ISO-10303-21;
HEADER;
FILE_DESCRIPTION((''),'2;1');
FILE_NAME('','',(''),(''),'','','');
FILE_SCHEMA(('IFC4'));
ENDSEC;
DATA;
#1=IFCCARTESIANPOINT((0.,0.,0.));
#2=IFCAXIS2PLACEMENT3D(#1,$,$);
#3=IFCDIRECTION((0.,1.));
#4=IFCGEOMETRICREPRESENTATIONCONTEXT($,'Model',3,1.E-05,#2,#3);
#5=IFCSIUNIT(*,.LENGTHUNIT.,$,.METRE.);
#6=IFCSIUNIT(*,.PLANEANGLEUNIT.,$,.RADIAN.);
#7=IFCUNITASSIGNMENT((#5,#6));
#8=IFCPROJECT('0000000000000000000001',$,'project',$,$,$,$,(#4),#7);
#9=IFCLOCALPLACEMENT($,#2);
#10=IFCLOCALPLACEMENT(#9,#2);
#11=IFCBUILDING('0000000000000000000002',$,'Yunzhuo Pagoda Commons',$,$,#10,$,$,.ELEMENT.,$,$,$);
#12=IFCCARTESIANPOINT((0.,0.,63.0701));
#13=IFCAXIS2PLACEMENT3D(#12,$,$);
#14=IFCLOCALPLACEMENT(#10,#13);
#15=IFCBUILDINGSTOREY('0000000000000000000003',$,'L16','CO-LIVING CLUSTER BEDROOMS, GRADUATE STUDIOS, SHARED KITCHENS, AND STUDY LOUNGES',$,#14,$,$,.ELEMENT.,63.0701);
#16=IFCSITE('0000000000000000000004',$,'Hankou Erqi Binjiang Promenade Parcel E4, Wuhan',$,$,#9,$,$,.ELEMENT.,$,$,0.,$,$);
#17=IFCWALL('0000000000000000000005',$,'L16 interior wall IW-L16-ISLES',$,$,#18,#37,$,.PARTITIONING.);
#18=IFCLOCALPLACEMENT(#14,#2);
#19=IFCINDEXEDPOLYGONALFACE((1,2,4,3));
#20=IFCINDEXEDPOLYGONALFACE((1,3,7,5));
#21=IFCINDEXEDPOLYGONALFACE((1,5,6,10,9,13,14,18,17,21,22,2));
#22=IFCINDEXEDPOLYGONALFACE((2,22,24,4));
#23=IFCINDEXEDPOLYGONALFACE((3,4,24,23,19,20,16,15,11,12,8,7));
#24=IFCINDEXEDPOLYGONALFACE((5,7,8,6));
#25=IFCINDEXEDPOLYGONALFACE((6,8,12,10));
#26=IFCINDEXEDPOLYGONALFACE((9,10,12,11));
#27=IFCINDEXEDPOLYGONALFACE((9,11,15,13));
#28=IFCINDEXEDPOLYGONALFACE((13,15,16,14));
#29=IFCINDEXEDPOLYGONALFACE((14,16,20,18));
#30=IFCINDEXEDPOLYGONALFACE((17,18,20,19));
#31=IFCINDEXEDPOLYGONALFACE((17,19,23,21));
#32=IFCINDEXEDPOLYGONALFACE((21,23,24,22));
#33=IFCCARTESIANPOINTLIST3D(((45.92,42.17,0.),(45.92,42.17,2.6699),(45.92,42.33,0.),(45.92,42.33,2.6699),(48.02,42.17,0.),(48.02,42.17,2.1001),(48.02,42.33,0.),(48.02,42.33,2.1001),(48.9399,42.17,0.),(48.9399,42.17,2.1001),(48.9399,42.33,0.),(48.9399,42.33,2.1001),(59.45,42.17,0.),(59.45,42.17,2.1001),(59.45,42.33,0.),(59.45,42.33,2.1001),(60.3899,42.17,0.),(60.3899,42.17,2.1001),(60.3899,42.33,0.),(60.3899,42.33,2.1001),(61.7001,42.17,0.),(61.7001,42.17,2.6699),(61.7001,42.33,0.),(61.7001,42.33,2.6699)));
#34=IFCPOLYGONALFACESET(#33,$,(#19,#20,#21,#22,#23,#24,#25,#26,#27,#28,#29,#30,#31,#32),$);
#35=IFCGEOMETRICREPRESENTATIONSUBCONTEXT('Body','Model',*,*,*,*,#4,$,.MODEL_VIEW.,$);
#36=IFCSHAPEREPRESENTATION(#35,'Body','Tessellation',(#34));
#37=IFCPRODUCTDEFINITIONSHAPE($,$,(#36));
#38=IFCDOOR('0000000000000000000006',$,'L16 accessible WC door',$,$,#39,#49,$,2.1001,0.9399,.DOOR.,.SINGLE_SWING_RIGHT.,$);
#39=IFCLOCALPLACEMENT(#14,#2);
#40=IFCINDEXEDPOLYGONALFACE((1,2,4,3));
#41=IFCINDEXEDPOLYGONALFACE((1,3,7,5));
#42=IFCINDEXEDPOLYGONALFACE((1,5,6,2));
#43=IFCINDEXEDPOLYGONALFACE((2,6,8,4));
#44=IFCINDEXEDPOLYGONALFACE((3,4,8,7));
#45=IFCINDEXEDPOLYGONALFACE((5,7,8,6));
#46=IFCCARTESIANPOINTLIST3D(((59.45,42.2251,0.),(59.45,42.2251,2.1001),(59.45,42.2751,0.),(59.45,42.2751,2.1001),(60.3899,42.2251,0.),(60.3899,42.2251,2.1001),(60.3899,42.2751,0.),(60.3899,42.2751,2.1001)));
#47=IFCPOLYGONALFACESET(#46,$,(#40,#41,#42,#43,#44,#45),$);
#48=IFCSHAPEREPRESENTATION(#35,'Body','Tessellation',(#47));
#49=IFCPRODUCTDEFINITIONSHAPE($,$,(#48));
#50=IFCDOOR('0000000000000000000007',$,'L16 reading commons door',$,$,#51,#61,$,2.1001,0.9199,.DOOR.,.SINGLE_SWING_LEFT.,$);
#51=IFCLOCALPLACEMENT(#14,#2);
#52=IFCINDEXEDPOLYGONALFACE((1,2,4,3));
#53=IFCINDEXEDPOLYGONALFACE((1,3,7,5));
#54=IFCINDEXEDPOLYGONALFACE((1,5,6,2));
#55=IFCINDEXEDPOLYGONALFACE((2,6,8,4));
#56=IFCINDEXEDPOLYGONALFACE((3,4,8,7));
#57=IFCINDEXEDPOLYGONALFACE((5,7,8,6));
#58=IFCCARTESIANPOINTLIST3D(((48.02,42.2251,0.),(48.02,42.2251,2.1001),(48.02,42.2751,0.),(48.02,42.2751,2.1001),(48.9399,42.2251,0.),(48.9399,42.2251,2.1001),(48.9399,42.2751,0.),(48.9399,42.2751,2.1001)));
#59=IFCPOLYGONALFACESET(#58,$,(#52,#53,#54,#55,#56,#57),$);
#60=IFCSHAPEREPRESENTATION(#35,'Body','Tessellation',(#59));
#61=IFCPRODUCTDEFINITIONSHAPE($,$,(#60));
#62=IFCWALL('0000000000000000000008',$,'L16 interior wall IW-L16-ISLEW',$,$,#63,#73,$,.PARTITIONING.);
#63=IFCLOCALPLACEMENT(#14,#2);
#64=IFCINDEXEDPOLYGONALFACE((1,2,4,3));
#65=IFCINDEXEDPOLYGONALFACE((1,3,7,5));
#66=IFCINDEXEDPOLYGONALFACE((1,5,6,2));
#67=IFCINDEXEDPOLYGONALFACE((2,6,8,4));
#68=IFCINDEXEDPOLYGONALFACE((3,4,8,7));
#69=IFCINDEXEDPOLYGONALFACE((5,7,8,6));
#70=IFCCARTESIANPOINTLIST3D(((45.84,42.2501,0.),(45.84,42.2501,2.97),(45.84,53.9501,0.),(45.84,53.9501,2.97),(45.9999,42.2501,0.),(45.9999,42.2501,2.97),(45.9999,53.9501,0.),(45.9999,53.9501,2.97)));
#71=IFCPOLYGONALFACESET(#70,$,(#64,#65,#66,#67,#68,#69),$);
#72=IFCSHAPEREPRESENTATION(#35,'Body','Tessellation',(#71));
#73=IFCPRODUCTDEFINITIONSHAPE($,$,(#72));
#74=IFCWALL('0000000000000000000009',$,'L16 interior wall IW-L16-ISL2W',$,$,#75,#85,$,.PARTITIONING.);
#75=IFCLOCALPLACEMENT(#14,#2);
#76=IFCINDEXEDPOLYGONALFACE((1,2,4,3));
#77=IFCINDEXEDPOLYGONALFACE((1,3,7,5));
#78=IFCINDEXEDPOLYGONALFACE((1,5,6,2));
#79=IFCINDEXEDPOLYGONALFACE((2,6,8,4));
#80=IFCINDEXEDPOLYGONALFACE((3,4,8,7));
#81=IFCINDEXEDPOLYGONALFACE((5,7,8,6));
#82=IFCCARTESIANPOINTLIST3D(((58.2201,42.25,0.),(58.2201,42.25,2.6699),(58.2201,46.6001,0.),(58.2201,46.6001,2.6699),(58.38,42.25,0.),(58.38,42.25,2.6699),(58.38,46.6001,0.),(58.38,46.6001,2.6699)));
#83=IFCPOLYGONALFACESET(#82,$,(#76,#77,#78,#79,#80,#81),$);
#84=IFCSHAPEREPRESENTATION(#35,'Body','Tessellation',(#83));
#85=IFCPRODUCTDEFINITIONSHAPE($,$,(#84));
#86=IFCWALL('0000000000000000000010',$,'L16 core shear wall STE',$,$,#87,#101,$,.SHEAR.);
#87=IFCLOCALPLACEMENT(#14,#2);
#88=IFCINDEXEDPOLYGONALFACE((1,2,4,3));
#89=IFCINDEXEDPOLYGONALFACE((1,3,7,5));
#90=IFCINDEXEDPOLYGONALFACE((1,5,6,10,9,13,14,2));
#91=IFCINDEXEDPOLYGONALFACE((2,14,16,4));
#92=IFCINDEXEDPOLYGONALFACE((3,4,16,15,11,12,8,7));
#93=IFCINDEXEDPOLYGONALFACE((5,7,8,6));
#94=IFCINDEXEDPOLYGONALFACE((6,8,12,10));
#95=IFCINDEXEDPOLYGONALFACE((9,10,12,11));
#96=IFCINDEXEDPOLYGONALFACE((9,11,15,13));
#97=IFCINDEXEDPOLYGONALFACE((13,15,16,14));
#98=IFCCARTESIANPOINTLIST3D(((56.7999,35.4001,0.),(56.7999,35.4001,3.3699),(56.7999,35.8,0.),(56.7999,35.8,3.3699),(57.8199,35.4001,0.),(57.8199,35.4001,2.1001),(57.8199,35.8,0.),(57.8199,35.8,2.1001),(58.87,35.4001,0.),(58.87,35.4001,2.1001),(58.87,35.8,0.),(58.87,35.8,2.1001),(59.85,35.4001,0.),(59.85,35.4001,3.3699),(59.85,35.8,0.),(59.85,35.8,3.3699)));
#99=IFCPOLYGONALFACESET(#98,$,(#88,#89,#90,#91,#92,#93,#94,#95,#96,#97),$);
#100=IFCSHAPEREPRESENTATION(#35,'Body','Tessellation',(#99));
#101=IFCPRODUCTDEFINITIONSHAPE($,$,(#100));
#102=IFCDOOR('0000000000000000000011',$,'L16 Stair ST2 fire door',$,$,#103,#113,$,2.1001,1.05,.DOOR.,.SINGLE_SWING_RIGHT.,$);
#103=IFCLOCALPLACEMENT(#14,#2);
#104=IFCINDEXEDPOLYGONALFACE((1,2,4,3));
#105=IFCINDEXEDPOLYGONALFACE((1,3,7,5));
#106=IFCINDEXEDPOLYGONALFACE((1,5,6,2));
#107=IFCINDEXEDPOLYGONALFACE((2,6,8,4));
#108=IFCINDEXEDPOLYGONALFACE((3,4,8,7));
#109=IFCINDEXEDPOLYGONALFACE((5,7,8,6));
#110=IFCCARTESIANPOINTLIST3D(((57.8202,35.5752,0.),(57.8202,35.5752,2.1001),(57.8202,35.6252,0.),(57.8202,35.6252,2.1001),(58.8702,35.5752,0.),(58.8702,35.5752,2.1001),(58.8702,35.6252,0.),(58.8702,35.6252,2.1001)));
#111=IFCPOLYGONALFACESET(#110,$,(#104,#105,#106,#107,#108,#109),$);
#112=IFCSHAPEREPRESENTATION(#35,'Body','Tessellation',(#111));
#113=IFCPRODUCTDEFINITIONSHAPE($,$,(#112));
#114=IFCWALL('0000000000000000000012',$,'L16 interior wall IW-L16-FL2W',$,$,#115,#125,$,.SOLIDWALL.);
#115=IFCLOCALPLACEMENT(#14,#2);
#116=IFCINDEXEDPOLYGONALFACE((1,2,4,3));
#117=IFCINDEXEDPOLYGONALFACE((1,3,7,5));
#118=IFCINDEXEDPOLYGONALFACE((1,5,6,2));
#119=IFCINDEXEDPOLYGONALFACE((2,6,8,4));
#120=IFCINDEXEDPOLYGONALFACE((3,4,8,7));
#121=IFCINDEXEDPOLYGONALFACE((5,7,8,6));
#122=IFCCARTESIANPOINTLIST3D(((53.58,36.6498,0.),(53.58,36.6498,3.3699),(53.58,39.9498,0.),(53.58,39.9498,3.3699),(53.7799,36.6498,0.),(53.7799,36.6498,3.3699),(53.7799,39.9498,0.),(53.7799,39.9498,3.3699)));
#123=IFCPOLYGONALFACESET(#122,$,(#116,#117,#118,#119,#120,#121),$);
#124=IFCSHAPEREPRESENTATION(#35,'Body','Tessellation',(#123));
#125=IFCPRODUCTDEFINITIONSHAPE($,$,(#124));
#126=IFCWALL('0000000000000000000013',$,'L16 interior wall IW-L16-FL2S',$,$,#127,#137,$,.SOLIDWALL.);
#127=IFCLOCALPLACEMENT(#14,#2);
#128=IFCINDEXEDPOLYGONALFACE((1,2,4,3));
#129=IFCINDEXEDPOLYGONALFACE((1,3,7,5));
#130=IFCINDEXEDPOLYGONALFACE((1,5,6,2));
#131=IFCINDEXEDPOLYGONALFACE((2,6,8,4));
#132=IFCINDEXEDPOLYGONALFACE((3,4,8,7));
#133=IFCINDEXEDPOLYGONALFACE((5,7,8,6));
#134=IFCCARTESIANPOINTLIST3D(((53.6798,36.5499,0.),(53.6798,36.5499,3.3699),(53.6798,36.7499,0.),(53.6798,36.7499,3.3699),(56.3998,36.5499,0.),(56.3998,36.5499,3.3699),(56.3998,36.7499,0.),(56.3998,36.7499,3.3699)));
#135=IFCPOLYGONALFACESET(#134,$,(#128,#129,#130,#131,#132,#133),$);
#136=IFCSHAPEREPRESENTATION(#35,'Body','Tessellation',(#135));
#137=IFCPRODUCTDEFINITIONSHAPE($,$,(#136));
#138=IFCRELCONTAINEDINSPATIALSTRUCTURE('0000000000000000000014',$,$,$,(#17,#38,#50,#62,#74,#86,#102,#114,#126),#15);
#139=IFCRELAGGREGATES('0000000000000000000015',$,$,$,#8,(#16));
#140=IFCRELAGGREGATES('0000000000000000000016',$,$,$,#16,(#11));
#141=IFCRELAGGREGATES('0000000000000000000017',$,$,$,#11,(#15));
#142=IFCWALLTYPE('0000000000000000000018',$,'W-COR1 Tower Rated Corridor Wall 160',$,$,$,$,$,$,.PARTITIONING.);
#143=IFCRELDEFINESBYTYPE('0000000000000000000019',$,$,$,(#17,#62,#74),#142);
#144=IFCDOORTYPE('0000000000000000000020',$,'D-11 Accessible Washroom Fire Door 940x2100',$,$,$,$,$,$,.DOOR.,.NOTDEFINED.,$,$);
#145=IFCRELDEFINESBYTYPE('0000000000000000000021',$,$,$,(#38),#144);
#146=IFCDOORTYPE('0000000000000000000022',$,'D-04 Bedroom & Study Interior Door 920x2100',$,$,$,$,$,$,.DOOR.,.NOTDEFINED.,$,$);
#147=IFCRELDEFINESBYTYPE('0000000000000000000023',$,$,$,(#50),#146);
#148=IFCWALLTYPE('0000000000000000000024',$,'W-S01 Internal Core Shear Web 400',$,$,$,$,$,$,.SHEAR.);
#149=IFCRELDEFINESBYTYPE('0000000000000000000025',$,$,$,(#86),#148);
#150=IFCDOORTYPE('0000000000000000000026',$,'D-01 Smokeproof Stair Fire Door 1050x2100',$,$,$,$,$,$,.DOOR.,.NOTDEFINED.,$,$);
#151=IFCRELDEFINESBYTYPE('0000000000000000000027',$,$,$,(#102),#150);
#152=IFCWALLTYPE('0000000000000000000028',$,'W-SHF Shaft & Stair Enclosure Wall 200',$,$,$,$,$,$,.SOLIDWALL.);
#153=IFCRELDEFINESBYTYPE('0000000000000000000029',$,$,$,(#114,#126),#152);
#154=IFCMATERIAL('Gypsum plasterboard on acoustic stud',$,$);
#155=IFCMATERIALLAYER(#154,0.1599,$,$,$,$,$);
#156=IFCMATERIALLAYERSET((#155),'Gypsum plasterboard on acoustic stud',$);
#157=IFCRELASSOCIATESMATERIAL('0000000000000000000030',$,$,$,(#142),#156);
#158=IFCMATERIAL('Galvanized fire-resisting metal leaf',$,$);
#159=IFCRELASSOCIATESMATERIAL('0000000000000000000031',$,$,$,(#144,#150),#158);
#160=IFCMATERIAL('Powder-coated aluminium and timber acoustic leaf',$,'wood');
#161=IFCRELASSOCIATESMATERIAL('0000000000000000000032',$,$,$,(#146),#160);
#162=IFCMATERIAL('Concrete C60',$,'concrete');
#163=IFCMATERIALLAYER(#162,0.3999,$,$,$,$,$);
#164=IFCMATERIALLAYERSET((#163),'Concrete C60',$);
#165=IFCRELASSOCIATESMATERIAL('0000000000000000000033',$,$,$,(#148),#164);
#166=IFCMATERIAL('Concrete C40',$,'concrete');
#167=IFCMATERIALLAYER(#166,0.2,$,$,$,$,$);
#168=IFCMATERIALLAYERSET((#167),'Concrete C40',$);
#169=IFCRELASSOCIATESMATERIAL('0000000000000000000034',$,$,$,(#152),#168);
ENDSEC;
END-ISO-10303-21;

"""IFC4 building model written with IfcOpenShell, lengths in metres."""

from ifc_helpers import new_model, si_unit, direction, frame, frame_2d, origin, place, context, subcontext, project, spatial, rectangle, extrude, source, transform, mapped, material, layer, layer_set, type_object, element, fill, save


model = new_model("IFC4")

# Units and contexts
model_context = context("Model", 3, precision=1e-05, world=origin(), true_north=direction((0.0, 1.0)))
body_context = subcontext(model_context, "Body", "Model", "MODEL_VIEW")
ifc_project = project(units=[si_unit("LENGTHUNIT", "METRE"), si_unit("PLANEANGLEUNIT", "RADIAN")], contexts=[model_context])

# Site, building, storey
site_placement = place(None, origin())
site = spatial("IfcSite", under=ifc_project, at=site_placement, Name="Hankou Erqi Binjiang Promenade Parcel E4, Wuhan", CompositionType="ELEMENT", RefElevation=0.0)
building_placement = place(site_placement, origin())
building = spatial("IfcBuilding", under=site, at=building_placement, Name="Yunzhuo Pagoda Commons", CompositionType="ELEMENT")
storey_placement = place(building_placement, frame((0.0, 0.0, 63.0701)))
storey = spatial("IfcBuildingStorey", under=building, at=storey_placement, Name="L16", Description="CO-LIVING CLUSTER BEDROOMS, GRADUATE STUDIOS, SHARED KITCHENS, AND STUDY LOUNGES", CompositionType="ELEMENT", Elevation=63.0701)

# Shared definitions
ifc_material_1 = material(Name="Concrete C60", Category="concrete")
ifc_material_2 = material(Name="Galvanized fire-resisting metal leaf")
shared_shape_1 = source(origin(), body_context, "Body", "SweptSolid", [
    extrude(rectangle(XDim=1.05, YDim=2.1001, at=frame_2d((0.5249, 1.05))), frame((0.0, 0.0249, 0.0), z_axis=(0.0, -1.0, 0.0), x_axis=(1.0, 0.0, 0.0)), (0.0, 0.0, 1.0), 0.05),
])

# Wall, openings, doors
ifc_material_3 = material(Name="Gypsum plasterboard on acoustic stud")
ifc_layer_1 = layer(ifc_material_3, 0.1599)
ifc_layer_set_1 = layer_set([ifc_layer_1], Name="Gypsum plasterboard on acoustic stud")
wall_type_1 = type_object("IfcWallType", Name="W-COR1 Tower Rated Corridor Wall 160", PredefinedType="PARTITIONING", material=ifc_layer_set_1)
wall_1_placement = place(storey_placement, frame((45.9199, 42.25, 0.0), z_axis=(0.0, 0.0, 1.0), x_axis=(1.0, 0.0, 0.0)))
wall_1 = element("IfcWall", 1, at=wall_1_placement, inside=storey, type_object=wall_type_1, Name="L16 interior wall IW-L16-ISLES", PredefinedType="PARTITIONING", context=body_context, shape_type="SweptSolid", body=[
    extrude(rectangle(XDim=15.78, YDim=0.1599, at=frame_2d((7.8901, 0.0))), origin(), (0.0, 0.0, 1.0), 2.6699),
])
opening_1_placement = place(wall_1_placement, frame((2.1001, 0.0, 0.0)))
opening_1 = element("IfcOpeningElement", 2, at=opening_1_placement, cuts=wall_1, PredefinedType="OPENING", context=body_context, shape_type="SweptSolid", body=[
    extrude(rectangle(XDim=0.9199, YDim=2.1001, at=frame_2d((0.46, 1.05))), frame((0.0, 0.0898, 0.0), z_axis=(0.0, -1.0, 0.0), x_axis=(1.0, 0.0, 0.0)), (0.0, 0.0, 1.0), 0.1799),
])
opening_2_placement = place(wall_1_placement, frame((13.53, 0.0, 0.0)))
opening_2 = element("IfcOpeningElement", 3, at=opening_2_placement, cuts=wall_1, PredefinedType="OPENING", context=body_context, shape_type="SweptSolid", body=[
    extrude(rectangle(XDim=0.9399, YDim=2.1001, at=frame_2d((0.47, 1.05))), frame((0.0, 0.0898, 0.0), z_axis=(0.0, -1.0, 0.0), x_axis=(1.0, 0.0, 0.0)), (0.0, 0.0, 1.0), 0.1799),
])
door_type_1 = type_object("IfcDoorType", Name="D-11 Accessible Washroom Fire Door 940x2100", OperationType="NOTDEFINED", PredefinedType="DOOR", material=ifc_material_2)
shared_shape_2 = source(origin(), body_context, "Body", "SweptSolid", [
    extrude(rectangle(XDim=0.9399, YDim=2.1001, at=frame_2d((0.47, 1.05))), frame((0.0, 0.0249, 0.0), z_axis=(0.0, -1.0, 0.0), x_axis=(1.0, 0.0, 0.0)), (0.0, 0.0, 1.0), 0.05),
])
door_1_placement = place(opening_2_placement, frame((0.9399, 0.0, 0.0), z_axis=(0.0, 0.0, 1.0), x_axis=(-1.0, 0.0, 0.0)))
door_1 = element("IfcDoor", 4, at=door_1_placement, inside=storey, type_object=door_type_1, Name="L16 accessible WC door", OperationType="SINGLE_SWING_RIGHT", OverallHeight=2.1001, OverallWidth=0.9399, PredefinedType="DOOR", context=body_context, shape_type="MappedRepresentation", body=[
    mapped(shared_shape_2, transform((0.0, 0.0, 0.0), scale=1.0)),
])
fill(opening_2, door_1)
ifc_material_4 = material(Name="Powder-coated aluminium and timber acoustic leaf", Category="wood")
door_type_2 = type_object("IfcDoorType", Name="D-04 Bedroom & Study Interior Door 920x2100", OperationType="NOTDEFINED", PredefinedType="DOOR", material=ifc_material_4)
shared_shape_3 = source(origin(), body_context, "Body", "SweptSolid", [
    extrude(rectangle(XDim=0.9199, YDim=2.1001, at=frame_2d((0.46, 1.05))), frame((0.0, 0.0249, 0.0), z_axis=(0.0, -1.0, 0.0), x_axis=(1.0, 0.0, 0.0)), (0.0, 0.0, 1.0), 0.05),
])
door_2_placement = place(opening_1_placement, frame((0.9199, 0.0, 0.0), z_axis=(0.0, 0.0, 1.0), x_axis=(-1.0, 0.0, 0.0)))
door_2 = element("IfcDoor", 5, at=door_2_placement, inside=storey, type_object=door_type_2, Name="L16 reading commons door", OperationType="SINGLE_SWING_LEFT", OverallHeight=2.1001, OverallWidth=0.9199, PredefinedType="DOOR", context=body_context, shape_type="MappedRepresentation", body=[
    mapped(shared_shape_3, transform((0.0, 0.0, 0.0), scale=1.0)),
])
fill(opening_1, door_2)

# Walls
wall_2_placement = place(storey_placement, frame((45.9199, 42.25, 0.0), z_axis=(0.0, 0.0, 1.0), x_axis=(0.0, 1.0, 0.0)))
element("IfcWall", 6, at=wall_2_placement, inside=storey, type_object=wall_type_1, Name="L16 interior wall IW-L16-ISLEW", PredefinedType="PARTITIONING", context=body_context, shape_type="SweptSolid", body=[
    extrude(rectangle(XDim=11.7, YDim=0.1599, at=frame_2d((5.8501, 0.0))), origin(), (0.0, 0.0, 1.0), 2.97),
])
wall_3_placement = place(storey_placement, frame((58.3, 42.25, 0.0), z_axis=(0.0, 0.0, 1.0), x_axis=(0.0, 1.0, 0.0)))
element("IfcWall", 7, at=wall_3_placement, inside=storey, type_object=wall_type_1, Name="L16 interior wall IW-L16-ISL2W", PredefinedType="PARTITIONING", context=body_context, shape_type="SweptSolid", body=[
    extrude(rectangle(XDim=4.3501, YDim=0.1599, at=frame_2d((2.175, 0.0))), origin(), (0.0, 0.0, 1.0), 2.6699),
])

# Wall, opening, door
ifc_layer_2 = layer(ifc_material_1, 0.3999)
ifc_layer_set_2 = layer_set([ifc_layer_2], Name="Concrete C60")
wall_type_2 = type_object("IfcWallType", Name="W-S01 Internal Core Shear Web 400", PredefinedType="SHEAR", material=ifc_layer_set_2)
wall_4_placement = place(storey_placement, frame((56.8, 35.6001, 0.0), z_axis=(0.0, 0.0, 1.0), x_axis=(1.0, 0.0, 0.0)))
wall_4 = element("IfcWall", 8, at=wall_4_placement, inside=storey, type_object=wall_type_2, Name="L16 core shear wall STE", PredefinedType="SHEAR", context=body_context, shape_type="SweptSolid", body=[
    extrude(rectangle(XDim=3.05, YDim=0.3999, at=frame_2d((1.5249, 0.0))), origin(), (0.0, 0.0, 1.0), 3.3699),
])
opening_3_placement = place(wall_4_placement, frame((1.02, 0.0, 0.0)))
opening_3 = element("IfcOpeningElement", 9, at=opening_3_placement, cuts=wall_4, PredefinedType="OPENING", context=body_context, shape_type="SweptSolid", body=[
    extrude(rectangle(XDim=1.05, YDim=2.1001, at=frame_2d((0.5249, 1.05))), frame((0.0, 0.21, 0.0), z_axis=(0.0, -1.0, 0.0), x_axis=(1.0, 0.0, 0.0)), (0.0, 0.0, 1.0), 0.4199),
])
door_type_3 = type_object("IfcDoorType", Name="D-01 Smokeproof Stair Fire Door 1050x2100", OperationType="NOTDEFINED", PredefinedType="DOOR", material=ifc_material_2)
door_3_placement = place(opening_3_placement, frame((1.05, 0.0, 0.0), z_axis=(0.0, 0.0, 1.0), x_axis=(-1.0, 0.0, 0.0)))
door_3 = element("IfcDoor", 10, at=door_3_placement, inside=storey, type_object=door_type_3, Name="L16 Stair ST2 fire door", OperationType="SINGLE_SWING_RIGHT", OverallHeight=2.1001, OverallWidth=1.05, PredefinedType="DOOR", context=body_context, shape_type="MappedRepresentation", body=[
    mapped(shared_shape_1, transform((0.0, 0.0, 0.0), scale=1.0)),
])
fill(opening_3, door_3)

# Walls
ifc_material_5 = material(Name="Concrete C40", Category="concrete")
ifc_layer_3 = layer(ifc_material_5, 0.2)
ifc_layer_set_3 = layer_set([ifc_layer_3], Name="Concrete C40")
wall_type_3 = type_object("IfcWallType", Name="W-SHF Shaft & Stair Enclosure Wall 200", PredefinedType="SOLIDWALL", material=ifc_layer_set_3)
wall_5_placement = place(storey_placement, frame((53.6799, 36.6499, 0.0), z_axis=(0.0, 0.0, 1.0), x_axis=(0.0, 1.0, 0.0)))
element("IfcWall", 11, at=wall_5_placement, inside=storey, type_object=wall_type_3, Name="L16 interior wall IW-L16-FL2W", PredefinedType="SOLIDWALL", context=body_context, shape_type="SweptSolid", body=[
    extrude(rectangle(XDim=3.3, YDim=0.2, at=frame_2d((1.6499, 0.0))), origin(), (0.0, 0.0, 1.0), 3.3699),
])
wall_6_placement = place(storey_placement, frame((53.6799, 36.6499, 0.0), z_axis=(0.0, 0.0, 1.0), x_axis=(1.0, 0.0, 0.0)))
element("IfcWall", 12, at=wall_6_placement, inside=storey, type_object=wall_type_3, Name="L16 interior wall IW-L16-FL2S", PredefinedType="SOLIDWALL", context=body_context, shape_type="SweptSolid", body=[
    extrude(rectangle(XDim=2.72, YDim=0.2, at=frame_2d((1.3599, 0.0))), origin(), (0.0, 0.0, 1.0), 3.3699),
])

save(model, "model.ifc")
